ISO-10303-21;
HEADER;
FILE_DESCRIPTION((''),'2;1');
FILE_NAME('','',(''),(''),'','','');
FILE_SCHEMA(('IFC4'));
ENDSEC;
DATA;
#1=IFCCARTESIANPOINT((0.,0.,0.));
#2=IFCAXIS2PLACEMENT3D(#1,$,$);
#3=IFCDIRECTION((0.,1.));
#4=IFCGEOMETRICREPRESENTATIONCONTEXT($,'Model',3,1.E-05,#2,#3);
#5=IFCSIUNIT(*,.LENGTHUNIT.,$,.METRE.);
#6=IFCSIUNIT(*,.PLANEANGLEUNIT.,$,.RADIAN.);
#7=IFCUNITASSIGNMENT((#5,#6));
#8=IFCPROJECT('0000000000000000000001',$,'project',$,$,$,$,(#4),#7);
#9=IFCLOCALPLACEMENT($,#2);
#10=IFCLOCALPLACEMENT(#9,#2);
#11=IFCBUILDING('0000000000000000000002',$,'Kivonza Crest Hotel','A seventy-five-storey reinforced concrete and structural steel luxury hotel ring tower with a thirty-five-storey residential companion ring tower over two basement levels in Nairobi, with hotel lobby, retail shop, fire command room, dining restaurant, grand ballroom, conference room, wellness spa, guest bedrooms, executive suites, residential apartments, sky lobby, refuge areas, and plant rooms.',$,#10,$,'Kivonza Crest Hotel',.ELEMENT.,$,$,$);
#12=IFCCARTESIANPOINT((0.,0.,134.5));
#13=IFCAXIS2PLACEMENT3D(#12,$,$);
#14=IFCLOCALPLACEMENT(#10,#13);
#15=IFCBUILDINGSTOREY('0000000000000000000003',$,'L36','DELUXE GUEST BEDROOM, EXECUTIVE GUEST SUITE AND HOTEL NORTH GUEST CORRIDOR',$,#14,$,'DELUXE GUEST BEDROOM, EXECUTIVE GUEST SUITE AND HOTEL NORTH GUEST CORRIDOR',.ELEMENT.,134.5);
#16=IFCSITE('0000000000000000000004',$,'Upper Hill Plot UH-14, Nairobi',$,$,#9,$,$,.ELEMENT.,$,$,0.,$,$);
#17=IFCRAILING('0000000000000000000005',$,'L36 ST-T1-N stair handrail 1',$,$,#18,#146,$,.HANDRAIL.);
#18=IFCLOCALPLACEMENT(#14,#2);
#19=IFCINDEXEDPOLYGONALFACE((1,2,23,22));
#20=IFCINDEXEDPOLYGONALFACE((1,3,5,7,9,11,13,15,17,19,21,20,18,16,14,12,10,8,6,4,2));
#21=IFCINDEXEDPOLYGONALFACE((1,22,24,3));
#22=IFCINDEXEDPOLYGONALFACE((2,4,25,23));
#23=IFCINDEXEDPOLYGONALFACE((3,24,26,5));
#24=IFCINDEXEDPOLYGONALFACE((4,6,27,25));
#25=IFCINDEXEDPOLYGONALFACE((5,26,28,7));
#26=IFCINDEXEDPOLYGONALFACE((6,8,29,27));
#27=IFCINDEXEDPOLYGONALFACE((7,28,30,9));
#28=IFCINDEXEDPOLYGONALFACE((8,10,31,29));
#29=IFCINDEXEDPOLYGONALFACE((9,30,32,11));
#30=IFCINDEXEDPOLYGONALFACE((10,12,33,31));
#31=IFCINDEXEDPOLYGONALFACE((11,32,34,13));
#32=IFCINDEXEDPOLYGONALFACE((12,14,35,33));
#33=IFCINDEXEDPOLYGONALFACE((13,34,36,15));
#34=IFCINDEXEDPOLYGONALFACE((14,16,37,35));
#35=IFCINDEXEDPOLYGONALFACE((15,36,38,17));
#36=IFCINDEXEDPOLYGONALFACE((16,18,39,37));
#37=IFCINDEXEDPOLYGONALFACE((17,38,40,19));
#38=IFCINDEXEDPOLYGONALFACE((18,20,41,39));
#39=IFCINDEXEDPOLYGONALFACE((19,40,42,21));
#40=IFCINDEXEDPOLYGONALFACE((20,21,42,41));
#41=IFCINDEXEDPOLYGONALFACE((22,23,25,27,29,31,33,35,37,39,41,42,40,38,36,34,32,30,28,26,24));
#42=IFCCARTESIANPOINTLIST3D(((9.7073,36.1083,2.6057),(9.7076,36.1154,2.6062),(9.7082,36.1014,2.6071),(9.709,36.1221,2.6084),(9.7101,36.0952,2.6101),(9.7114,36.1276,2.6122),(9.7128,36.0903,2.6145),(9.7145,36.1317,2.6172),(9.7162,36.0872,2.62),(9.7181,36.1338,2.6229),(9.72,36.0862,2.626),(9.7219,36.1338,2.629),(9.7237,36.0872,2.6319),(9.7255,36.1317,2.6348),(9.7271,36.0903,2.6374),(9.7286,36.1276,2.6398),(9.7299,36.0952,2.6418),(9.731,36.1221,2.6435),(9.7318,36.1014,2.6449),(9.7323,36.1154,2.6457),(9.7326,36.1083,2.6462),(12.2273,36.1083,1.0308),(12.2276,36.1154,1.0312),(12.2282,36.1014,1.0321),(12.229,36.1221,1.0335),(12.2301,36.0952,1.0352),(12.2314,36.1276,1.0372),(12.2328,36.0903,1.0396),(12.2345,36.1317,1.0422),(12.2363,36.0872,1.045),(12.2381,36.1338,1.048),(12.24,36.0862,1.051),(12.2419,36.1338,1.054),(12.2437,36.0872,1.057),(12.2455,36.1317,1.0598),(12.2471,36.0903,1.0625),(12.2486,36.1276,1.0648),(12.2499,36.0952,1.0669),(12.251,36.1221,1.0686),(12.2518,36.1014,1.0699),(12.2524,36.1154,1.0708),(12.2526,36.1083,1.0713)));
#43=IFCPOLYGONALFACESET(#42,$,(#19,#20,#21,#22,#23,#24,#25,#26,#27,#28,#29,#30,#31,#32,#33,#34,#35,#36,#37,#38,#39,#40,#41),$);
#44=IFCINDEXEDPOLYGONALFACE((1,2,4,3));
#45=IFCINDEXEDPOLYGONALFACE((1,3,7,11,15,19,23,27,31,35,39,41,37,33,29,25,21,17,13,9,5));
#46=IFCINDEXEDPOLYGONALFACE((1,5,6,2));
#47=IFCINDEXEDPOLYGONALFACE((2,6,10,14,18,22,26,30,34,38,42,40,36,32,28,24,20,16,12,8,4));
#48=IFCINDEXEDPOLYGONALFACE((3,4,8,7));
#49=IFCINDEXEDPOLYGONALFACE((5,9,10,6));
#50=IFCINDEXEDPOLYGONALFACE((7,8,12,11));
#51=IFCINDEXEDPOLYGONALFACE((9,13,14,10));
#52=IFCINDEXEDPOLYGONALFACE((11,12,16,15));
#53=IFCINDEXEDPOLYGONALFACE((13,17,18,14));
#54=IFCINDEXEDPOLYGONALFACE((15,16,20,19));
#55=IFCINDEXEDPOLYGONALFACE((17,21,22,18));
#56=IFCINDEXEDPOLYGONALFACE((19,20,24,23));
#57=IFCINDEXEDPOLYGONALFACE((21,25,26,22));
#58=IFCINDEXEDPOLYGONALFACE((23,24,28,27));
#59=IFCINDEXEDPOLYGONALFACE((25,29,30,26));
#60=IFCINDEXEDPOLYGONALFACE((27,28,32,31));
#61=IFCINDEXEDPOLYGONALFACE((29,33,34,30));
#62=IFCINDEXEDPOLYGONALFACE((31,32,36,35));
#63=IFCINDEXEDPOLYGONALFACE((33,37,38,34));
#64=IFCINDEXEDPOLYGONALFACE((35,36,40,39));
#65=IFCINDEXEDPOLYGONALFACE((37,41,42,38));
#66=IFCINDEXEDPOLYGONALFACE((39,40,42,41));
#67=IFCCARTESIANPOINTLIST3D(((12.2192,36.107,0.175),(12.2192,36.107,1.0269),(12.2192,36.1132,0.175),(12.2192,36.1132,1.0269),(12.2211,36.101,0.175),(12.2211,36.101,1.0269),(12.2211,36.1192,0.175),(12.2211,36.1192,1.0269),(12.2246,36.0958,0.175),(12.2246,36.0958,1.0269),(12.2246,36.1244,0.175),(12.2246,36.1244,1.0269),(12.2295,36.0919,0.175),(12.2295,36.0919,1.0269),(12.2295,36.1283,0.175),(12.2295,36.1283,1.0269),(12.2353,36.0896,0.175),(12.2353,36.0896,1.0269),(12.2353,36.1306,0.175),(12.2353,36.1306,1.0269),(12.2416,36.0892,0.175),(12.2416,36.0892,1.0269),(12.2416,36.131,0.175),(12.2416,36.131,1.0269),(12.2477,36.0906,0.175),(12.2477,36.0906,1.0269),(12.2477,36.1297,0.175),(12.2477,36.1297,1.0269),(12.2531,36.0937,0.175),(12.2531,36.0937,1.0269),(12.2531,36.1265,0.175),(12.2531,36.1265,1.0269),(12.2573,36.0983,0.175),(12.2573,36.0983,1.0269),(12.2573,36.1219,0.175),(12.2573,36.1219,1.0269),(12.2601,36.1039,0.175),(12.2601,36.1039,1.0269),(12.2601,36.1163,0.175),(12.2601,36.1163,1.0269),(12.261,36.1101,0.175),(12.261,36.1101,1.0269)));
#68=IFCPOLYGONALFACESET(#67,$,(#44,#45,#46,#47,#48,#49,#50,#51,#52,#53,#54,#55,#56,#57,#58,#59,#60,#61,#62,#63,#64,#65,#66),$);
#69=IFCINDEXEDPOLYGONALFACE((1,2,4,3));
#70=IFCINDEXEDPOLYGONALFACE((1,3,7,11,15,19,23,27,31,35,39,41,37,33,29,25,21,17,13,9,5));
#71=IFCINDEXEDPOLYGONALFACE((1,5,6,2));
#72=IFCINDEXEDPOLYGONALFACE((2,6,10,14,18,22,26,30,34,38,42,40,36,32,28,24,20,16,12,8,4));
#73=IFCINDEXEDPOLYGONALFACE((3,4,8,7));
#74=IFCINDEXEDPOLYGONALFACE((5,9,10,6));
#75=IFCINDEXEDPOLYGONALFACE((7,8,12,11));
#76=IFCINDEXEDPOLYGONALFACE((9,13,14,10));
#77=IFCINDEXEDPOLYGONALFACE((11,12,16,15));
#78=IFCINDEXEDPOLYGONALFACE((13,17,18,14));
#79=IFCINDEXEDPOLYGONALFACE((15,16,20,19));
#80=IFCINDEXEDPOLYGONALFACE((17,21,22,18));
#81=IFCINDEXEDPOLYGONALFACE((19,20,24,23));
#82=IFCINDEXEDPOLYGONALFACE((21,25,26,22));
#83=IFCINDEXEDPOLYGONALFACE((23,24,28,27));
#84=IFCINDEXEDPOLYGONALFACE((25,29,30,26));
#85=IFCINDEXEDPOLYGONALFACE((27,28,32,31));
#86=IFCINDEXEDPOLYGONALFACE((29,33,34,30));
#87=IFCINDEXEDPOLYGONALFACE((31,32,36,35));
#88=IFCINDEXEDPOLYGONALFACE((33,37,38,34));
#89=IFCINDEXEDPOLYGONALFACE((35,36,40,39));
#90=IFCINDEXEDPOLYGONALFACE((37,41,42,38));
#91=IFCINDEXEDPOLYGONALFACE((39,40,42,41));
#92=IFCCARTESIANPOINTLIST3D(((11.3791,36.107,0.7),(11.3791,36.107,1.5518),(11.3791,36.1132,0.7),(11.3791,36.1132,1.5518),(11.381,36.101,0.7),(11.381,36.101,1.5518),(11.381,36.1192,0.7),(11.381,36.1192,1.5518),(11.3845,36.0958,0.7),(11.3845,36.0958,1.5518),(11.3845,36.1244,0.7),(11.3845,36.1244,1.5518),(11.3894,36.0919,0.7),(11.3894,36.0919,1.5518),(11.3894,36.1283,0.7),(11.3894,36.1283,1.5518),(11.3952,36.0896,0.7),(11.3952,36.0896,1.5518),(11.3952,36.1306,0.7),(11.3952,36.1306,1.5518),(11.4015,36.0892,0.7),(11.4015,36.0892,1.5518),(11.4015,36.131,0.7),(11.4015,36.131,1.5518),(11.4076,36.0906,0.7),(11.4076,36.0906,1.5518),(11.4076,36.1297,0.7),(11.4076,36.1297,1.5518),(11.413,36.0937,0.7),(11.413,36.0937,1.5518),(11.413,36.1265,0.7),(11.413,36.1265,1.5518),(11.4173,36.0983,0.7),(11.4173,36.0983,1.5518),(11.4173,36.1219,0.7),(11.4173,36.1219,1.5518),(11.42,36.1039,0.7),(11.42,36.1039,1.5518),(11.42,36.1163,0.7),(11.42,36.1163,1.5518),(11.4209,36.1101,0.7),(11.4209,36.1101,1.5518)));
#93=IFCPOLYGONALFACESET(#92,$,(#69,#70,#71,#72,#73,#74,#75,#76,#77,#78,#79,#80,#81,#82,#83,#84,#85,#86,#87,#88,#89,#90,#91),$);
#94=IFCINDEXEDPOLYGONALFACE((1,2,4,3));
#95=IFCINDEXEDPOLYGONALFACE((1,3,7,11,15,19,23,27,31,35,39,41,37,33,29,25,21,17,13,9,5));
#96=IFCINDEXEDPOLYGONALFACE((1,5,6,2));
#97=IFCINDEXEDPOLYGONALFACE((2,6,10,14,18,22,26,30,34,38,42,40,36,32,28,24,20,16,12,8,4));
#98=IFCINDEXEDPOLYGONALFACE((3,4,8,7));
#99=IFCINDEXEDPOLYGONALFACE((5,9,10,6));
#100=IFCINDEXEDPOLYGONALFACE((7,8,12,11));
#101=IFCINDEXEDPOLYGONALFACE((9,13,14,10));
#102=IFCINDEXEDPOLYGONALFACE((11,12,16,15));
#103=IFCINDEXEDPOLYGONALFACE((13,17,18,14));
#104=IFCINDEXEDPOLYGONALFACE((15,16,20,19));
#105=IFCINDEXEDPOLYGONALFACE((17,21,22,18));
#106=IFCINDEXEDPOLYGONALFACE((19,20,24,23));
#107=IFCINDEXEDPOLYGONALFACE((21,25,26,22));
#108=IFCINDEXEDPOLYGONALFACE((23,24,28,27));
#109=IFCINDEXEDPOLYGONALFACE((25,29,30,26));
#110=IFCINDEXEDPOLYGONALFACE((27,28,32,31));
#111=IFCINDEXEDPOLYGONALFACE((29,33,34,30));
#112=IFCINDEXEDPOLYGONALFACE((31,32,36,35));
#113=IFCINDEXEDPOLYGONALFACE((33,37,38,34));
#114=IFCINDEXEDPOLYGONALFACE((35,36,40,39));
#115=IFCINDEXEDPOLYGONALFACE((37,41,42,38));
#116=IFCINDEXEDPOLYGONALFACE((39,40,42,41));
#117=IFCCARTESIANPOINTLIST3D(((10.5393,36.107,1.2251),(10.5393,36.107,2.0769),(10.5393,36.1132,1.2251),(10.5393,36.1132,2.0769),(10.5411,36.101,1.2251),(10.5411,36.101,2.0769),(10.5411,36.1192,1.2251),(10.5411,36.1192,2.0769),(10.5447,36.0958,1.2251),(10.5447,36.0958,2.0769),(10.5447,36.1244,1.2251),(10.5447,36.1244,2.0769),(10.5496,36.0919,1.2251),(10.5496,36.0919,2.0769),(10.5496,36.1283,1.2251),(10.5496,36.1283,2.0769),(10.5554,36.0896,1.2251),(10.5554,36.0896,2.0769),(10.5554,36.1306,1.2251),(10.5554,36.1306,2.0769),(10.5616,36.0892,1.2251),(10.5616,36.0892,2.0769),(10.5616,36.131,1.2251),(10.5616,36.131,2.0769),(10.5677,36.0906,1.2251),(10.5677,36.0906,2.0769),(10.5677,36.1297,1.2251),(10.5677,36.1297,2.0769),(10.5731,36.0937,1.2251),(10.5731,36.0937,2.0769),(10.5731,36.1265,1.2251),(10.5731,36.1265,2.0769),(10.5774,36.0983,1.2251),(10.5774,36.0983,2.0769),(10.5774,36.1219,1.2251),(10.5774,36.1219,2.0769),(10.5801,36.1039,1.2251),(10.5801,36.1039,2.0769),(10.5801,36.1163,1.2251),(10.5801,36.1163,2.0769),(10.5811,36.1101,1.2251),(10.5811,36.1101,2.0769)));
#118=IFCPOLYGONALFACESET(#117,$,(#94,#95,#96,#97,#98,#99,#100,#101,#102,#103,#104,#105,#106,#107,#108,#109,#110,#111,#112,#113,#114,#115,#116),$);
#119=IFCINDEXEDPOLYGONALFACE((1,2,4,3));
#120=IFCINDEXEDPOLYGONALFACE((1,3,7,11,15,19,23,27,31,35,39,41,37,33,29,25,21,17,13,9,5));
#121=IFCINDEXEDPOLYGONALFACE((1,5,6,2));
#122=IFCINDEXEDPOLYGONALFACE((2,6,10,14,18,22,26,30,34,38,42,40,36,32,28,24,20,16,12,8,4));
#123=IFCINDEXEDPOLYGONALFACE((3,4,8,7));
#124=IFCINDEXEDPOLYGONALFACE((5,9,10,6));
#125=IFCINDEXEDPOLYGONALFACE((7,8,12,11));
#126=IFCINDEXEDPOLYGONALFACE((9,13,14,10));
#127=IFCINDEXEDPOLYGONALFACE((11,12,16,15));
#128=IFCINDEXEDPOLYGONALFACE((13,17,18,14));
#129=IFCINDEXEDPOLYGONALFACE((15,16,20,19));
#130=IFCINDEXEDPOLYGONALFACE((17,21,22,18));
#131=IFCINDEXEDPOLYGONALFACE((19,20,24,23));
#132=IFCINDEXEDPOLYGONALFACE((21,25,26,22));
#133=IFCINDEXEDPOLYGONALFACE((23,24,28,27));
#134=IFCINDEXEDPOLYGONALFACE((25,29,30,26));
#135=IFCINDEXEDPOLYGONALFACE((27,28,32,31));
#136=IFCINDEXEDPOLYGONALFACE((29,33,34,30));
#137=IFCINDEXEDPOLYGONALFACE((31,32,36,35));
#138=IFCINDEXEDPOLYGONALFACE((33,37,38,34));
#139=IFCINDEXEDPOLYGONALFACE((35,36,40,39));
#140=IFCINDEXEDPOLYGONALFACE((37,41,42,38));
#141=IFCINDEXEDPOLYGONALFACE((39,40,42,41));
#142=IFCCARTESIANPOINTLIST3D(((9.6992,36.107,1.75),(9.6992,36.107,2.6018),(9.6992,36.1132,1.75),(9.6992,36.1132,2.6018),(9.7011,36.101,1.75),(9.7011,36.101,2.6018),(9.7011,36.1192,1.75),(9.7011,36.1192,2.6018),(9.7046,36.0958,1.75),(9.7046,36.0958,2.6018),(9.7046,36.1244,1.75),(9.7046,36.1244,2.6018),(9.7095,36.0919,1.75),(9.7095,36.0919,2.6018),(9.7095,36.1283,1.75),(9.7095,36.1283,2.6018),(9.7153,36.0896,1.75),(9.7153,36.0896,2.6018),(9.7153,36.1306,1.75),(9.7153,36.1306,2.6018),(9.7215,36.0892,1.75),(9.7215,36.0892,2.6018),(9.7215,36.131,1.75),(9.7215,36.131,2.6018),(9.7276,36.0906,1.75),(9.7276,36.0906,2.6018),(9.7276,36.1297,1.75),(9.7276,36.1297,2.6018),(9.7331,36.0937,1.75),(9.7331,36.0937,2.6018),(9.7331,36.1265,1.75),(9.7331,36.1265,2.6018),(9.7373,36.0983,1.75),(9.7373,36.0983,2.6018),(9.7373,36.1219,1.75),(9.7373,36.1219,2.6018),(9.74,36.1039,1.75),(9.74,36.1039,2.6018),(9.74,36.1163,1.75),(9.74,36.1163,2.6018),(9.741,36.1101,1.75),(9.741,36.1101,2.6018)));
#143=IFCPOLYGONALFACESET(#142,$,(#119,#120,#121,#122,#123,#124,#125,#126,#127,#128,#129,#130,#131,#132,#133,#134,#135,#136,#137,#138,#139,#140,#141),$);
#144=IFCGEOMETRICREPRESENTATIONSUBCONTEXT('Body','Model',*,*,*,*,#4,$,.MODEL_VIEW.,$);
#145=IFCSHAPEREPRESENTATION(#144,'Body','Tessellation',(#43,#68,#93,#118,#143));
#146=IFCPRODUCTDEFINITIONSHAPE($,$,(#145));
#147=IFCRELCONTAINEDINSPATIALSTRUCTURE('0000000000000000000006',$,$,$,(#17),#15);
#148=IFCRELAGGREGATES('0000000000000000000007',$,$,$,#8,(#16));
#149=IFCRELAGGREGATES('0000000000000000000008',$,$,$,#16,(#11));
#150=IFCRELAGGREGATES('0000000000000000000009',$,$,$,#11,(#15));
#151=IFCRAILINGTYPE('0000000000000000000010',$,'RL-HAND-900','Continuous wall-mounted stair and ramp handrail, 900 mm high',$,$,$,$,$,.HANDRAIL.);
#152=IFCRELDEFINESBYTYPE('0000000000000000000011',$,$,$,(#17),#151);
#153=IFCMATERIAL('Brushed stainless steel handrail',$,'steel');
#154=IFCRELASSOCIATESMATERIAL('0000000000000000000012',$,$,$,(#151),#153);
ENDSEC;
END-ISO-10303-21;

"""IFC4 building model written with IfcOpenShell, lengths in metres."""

from ifc_helpers import new_model, si_unit, direction, frame, origin, origin_2d, place, context, subcontext, project, spatial, circle, extrude, material, type_object, element, save


model = new_model("IFC4")

# Units and contexts
model_context = context("Model", 3, precision=1e-05, world=origin(), true_north=direction((0.0, 1.0)))
body_context = subcontext(model_context, "Body", "Model", "MODEL_VIEW")
ifc_project = project(units=[si_unit("LENGTHUNIT", "METRE"), si_unit("PLANEANGLEUNIT", "RADIAN")], contexts=[model_context])

# Site, building, storey
site_placement = place(None, origin())
site = spatial("IfcSite", under=ifc_project, at=site_placement, Name="Upper Hill Plot UH-14, Nairobi", CompositionType="ELEMENT", RefElevation=0.0)
building_placement = place(site_placement, origin())
building = spatial("IfcBuilding", under=site, at=building_placement, Name="Kivonza Crest Hotel", Description="A seventy-five-storey reinforced concrete and structural steel luxury hotel ring tower with a thirty-five-storey residential companion ring tower over two basement levels in Nairobi, with hotel lobby, retail shop, fire command room, dining restaurant, grand ballroom, conference room, wellness spa, guest bedrooms, executive suites, residential apartments, sky lobby, refuge areas, and plant rooms.", LongName="Kivonza Crest Hotel", CompositionType="ELEMENT")
storey_placement = place(building_placement, frame((0.0, 0.0, 134.5)))
storey = spatial("IfcBuildingStorey", under=building, at=storey_placement, Name="L36", Description="DELUXE GUEST BEDROOM, EXECUTIVE GUEST SUITE AND HOTEL NORTH GUEST CORRIDOR", LongName="DELUXE GUEST BEDROOM, EXECUTIVE GUEST SUITE AND HOTEL NORTH GUEST CORRIDOR", CompositionType="ELEMENT", Elevation=134.5)

# Railing
ifc_material_1 = material(Name="Brushed stainless steel handrail", Category="steel")
railing_type_1 = type_object("IfcRailingType", Name="RL-HAND-900", Description="Continuous wall-mounted stair and ramp handrail, 900 mm high", PredefinedType="HANDRAIL", material=ifc_material_1)
railing_1_placement = place(storey_placement, frame((12.24, 36.1101, 0.175)))
element("IfcRailing", 1, at=railing_1_placement, inside=storey, type_object=railing_type_1, Name="L36 ST-T1-N stair handrail 1", PredefinedType="HANDRAIL", context=body_context, shape_type="SweptSolid", body=[
    extrude(circle(Radius=0.0239, at=origin_2d()), frame((0.0, 0.0, 0.876), z_axis=(-0.848008, 0.0, 0.529984), x_axis=(0.0, -1.0, 0.0)), (0.0, 0.0, 1.0), 2.9717),
    extrude(circle(Radius=0.021, at=origin_2d()), origin(), (0.0, 0.0, 1.0), 0.8518),
    extrude(circle(Radius=0.021, at=origin_2d()), frame((-0.8401, 0.0, 0.5249)), (0.0, 0.0, 1.0), 0.8518),
    extrude(circle(Radius=0.021, at=origin_2d()), frame((-1.6799, 0.0, 1.05)), (0.0, 0.0, 1.0), 0.8518),
    extrude(circle(Radius=0.021, at=origin_2d()), frame((-2.52, 0.0, 1.575)), (0.0, 0.0, 1.0), 0.8518),
])

save(model, "model.ifc")
